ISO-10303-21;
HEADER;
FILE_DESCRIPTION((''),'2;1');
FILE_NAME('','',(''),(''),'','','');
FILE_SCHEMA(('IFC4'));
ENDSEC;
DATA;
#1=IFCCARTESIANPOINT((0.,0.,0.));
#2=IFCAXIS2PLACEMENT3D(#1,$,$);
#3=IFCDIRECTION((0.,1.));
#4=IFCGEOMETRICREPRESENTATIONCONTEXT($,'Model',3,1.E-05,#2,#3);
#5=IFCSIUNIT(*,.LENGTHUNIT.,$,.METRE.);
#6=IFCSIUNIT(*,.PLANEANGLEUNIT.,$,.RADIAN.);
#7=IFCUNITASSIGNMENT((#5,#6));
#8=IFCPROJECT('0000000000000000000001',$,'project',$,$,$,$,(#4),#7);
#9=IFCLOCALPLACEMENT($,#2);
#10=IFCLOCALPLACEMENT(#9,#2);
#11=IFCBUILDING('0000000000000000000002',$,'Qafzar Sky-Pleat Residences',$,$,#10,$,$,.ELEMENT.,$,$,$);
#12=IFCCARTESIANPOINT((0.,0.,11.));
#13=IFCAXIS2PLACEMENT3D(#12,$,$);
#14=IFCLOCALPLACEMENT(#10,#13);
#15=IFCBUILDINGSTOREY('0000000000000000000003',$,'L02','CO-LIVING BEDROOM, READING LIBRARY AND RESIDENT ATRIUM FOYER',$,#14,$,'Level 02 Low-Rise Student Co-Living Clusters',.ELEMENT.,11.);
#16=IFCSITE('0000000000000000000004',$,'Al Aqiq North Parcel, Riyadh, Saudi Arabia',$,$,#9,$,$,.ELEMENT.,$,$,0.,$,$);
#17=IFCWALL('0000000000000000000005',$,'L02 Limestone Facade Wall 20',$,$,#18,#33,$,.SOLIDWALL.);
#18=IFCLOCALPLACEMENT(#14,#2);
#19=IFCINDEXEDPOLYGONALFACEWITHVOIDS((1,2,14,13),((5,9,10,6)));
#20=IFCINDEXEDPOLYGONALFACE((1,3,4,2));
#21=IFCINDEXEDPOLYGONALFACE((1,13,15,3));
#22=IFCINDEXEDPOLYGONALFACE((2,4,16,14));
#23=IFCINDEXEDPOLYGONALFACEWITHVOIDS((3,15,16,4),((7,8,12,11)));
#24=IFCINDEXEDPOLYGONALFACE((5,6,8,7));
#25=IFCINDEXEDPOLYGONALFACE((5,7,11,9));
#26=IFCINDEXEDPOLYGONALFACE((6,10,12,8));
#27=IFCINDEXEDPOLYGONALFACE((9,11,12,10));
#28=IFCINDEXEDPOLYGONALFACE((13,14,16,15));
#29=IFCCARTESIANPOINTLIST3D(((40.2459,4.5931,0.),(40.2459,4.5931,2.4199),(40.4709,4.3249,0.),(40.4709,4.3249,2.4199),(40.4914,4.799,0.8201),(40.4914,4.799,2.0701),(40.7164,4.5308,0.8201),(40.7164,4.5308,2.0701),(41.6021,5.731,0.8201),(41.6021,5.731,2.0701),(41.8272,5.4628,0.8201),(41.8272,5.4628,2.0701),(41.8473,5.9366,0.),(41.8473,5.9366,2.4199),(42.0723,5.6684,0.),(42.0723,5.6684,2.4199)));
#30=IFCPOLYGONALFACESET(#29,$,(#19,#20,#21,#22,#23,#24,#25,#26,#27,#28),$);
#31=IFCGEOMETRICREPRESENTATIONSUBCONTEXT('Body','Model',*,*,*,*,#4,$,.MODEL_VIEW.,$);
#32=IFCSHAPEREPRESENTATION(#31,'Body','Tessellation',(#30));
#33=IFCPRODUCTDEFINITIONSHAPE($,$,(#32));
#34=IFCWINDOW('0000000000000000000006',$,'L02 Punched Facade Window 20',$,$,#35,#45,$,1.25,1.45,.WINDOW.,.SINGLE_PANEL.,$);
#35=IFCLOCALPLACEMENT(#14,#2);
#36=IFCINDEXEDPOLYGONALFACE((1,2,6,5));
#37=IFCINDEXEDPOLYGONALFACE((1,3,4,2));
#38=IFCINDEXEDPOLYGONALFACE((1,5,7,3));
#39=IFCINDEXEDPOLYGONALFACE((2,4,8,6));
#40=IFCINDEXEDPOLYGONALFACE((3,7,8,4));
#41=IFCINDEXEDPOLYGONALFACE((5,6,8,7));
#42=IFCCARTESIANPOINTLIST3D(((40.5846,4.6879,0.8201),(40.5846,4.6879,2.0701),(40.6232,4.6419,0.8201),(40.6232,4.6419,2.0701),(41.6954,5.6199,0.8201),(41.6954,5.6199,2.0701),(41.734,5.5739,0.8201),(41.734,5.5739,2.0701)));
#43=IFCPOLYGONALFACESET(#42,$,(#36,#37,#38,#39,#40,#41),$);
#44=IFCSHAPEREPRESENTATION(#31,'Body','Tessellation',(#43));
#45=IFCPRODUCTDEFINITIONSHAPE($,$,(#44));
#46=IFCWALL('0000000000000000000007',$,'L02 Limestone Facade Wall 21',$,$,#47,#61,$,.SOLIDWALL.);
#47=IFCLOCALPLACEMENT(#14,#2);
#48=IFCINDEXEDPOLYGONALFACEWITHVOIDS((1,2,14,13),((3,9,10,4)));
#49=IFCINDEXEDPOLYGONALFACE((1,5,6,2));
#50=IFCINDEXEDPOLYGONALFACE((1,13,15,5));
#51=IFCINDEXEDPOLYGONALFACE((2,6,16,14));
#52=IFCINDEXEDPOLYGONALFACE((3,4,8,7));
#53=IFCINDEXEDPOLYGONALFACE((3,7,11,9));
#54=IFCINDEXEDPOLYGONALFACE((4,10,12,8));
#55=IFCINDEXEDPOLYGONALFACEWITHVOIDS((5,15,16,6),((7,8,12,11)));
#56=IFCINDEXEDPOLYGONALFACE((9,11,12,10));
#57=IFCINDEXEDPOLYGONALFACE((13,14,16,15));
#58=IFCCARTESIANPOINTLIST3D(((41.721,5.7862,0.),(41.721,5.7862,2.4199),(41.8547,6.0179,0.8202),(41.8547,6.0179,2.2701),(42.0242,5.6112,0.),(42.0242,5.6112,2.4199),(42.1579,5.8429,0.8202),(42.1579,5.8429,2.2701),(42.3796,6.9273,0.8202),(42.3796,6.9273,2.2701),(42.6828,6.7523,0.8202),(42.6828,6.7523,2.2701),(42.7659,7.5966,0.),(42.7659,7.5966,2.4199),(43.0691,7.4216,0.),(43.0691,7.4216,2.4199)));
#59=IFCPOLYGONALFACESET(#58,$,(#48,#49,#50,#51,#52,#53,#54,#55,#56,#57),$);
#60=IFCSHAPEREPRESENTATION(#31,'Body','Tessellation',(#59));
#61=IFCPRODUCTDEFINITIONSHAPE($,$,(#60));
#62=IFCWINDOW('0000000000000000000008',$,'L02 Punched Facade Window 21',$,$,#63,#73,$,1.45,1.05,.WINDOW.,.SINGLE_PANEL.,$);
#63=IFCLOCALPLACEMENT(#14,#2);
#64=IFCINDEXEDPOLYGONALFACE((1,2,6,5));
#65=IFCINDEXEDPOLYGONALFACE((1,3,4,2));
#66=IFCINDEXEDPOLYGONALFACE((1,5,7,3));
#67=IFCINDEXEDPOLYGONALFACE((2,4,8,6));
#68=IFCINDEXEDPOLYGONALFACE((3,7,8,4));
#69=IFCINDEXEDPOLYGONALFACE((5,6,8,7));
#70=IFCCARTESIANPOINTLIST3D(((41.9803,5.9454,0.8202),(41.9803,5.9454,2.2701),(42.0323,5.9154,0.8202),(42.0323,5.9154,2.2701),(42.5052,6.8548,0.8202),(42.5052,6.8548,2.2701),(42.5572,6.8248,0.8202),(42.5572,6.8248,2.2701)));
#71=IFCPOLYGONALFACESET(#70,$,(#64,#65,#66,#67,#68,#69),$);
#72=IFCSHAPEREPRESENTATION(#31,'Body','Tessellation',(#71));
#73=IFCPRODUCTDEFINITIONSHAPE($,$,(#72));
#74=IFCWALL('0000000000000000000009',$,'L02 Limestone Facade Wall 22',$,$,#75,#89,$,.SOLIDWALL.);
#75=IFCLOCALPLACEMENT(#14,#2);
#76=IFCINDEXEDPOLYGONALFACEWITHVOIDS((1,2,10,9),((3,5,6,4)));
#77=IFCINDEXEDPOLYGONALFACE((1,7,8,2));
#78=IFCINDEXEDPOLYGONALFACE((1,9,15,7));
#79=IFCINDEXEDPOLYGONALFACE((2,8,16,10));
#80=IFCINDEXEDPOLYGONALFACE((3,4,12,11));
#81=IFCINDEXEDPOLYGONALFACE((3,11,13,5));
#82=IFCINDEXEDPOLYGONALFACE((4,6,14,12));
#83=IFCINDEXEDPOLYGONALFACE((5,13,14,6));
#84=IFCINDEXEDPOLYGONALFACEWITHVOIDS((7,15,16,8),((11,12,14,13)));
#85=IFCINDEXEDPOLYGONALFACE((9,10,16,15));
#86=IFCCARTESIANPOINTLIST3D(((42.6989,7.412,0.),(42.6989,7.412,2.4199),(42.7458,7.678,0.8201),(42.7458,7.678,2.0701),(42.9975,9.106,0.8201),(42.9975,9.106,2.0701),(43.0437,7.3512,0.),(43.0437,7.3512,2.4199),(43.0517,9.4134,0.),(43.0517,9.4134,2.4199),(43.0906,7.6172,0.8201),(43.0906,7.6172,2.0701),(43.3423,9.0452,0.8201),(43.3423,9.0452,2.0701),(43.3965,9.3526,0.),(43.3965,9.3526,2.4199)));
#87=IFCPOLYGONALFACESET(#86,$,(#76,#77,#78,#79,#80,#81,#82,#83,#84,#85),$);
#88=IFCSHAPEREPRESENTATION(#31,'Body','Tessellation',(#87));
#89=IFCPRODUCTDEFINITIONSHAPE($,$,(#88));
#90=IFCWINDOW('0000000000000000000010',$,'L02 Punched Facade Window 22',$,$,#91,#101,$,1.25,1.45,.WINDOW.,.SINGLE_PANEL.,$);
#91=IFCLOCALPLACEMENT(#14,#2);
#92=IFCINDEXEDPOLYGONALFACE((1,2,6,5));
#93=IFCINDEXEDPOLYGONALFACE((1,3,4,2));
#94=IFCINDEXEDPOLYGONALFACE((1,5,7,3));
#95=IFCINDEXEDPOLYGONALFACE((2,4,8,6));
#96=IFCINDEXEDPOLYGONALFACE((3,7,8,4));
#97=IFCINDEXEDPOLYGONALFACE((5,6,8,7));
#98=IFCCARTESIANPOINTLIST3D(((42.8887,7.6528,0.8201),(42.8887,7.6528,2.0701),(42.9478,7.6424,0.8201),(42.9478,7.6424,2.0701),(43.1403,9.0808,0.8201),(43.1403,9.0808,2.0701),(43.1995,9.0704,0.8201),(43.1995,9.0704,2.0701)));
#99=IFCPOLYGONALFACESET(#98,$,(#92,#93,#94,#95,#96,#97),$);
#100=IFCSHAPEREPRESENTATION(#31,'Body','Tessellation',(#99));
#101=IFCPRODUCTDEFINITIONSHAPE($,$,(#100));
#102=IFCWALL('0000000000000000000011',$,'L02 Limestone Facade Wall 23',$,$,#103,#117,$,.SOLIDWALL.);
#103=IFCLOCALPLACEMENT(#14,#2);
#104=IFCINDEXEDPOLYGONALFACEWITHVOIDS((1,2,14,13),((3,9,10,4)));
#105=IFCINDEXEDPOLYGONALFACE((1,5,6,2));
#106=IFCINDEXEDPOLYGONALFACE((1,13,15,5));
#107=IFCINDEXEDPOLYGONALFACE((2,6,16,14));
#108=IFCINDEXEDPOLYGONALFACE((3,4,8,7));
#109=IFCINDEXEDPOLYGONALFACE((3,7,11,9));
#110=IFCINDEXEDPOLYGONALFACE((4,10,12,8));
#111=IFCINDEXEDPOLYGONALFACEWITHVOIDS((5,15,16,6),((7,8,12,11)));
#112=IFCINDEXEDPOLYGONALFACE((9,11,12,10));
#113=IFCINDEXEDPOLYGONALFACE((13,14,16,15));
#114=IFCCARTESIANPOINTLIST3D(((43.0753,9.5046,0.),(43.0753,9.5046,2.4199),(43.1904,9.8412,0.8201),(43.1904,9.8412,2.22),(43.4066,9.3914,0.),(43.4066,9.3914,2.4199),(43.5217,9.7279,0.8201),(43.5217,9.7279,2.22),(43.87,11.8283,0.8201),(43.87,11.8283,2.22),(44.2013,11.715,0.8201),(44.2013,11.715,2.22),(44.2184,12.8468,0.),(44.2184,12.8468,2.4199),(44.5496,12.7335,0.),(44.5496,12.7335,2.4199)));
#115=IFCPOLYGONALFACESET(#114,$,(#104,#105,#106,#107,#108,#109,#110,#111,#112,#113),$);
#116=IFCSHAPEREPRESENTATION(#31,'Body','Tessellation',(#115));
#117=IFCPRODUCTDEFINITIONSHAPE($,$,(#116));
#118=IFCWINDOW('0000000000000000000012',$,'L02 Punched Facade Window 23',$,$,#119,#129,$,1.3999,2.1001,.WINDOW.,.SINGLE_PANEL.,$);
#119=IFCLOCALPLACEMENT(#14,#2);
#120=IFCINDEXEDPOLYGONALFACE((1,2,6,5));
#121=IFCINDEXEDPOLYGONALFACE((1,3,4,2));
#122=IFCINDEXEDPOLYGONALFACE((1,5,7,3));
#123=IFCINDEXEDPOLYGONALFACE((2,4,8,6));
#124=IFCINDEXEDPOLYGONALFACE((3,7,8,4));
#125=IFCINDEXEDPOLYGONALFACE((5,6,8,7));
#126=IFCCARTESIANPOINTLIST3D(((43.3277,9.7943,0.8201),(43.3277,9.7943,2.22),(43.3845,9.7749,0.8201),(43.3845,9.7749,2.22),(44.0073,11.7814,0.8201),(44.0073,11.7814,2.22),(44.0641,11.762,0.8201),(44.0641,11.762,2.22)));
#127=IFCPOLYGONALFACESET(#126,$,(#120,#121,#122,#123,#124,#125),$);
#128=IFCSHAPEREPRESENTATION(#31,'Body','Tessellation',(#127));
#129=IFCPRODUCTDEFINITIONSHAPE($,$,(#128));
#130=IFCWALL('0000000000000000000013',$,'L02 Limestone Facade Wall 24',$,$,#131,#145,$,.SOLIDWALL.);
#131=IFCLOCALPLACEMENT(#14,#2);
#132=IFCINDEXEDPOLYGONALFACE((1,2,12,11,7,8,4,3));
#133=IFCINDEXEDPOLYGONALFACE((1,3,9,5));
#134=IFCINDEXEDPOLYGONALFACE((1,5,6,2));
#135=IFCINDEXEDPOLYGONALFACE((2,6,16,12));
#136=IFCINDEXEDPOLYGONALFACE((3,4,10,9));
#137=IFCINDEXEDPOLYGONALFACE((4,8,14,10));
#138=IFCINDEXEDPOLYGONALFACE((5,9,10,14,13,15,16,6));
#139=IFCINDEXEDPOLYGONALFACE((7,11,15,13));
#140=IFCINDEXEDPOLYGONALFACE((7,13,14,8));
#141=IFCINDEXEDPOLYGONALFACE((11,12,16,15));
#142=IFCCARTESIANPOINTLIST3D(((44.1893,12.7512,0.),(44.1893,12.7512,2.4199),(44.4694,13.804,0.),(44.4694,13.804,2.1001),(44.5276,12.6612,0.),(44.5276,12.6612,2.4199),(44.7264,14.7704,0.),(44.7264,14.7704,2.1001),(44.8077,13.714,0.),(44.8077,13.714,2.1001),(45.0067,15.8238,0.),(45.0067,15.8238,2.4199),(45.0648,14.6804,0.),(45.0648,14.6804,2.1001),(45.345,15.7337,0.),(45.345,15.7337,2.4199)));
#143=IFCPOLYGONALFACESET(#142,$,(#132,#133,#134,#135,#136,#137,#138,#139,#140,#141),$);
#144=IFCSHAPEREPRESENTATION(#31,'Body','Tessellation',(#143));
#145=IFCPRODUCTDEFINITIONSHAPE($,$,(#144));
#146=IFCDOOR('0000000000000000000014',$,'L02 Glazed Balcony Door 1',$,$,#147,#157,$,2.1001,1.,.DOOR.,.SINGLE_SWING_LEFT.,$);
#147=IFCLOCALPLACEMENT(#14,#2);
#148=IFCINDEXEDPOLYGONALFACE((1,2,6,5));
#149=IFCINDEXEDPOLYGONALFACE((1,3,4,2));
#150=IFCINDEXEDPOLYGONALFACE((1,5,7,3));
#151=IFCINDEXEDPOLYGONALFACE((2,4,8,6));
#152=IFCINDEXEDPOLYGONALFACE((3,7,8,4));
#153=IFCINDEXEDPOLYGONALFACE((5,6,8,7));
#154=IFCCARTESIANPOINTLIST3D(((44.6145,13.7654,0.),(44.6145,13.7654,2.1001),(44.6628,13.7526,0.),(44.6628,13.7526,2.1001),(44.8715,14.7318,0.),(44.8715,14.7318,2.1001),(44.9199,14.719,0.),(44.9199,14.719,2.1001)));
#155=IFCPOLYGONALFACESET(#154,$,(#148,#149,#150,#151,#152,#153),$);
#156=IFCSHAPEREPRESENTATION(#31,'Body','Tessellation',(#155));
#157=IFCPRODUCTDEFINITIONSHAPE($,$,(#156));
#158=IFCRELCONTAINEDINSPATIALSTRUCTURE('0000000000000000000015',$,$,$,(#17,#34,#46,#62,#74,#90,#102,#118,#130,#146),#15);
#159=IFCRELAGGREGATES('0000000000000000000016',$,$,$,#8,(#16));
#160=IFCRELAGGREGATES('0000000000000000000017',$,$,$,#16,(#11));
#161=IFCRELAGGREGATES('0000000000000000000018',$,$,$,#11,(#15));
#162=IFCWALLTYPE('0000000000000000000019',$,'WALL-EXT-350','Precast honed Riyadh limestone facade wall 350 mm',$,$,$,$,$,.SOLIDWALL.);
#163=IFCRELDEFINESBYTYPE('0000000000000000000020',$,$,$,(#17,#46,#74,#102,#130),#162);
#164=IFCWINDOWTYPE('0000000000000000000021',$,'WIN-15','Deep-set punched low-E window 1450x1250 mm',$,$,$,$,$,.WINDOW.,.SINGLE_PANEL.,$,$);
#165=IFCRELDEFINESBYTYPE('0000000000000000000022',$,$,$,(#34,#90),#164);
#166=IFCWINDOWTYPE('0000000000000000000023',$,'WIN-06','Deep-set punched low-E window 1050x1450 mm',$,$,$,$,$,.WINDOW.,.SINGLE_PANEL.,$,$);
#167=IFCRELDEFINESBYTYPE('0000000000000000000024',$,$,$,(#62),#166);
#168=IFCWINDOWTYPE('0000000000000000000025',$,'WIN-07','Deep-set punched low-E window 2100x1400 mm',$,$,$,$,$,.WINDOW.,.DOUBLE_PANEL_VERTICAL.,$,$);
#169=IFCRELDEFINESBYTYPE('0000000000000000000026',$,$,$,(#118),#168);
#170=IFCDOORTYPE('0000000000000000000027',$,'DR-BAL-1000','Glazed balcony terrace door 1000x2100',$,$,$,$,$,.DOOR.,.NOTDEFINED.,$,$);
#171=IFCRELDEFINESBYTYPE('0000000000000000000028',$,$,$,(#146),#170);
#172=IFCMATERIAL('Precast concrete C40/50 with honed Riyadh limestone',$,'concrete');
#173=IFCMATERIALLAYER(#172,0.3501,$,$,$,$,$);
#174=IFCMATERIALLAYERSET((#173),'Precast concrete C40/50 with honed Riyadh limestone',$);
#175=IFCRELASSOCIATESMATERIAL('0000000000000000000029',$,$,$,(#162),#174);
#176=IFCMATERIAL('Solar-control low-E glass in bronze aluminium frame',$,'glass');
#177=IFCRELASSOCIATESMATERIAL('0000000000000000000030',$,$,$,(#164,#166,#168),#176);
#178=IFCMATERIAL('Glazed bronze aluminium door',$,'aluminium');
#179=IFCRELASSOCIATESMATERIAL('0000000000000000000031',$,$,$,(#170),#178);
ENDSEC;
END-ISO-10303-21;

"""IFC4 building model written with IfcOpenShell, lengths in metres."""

from ifc_helpers import new_model, si_unit, direction, frame, frame_2d, origin, place, context, subcontext, project, spatial, rectangle, extrude, source, transform, mapped, material, layer, layer_set, type_object, element, fill, save


model = new_model("IFC4")

# Units and contexts
model_context = context("Model", 3, precision=1e-05, world=origin(), true_north=direction((0.0, 1.0)))
body_context = subcontext(model_context, "Body", "Model", "MODEL_VIEW")
ifc_project = project(units=[si_unit("LENGTHUNIT", "METRE"), si_unit("PLANEANGLEUNIT", "RADIAN")], contexts=[model_context])

# Site, building, storey
site_placement = place(None, origin())
site = spatial("IfcSite", under=ifc_project, at=site_placement, Name="Al Aqiq North Parcel, Riyadh, Saudi Arabia", CompositionType="ELEMENT", RefElevation=0.0)
building_placement = place(site_placement, origin())
building = spatial("IfcBuilding", under=site, at=building_placement, Name="Qafzar Sky-Pleat Residences", CompositionType="ELEMENT")
storey_placement = place(building_placement, frame((0.0, 0.0, 11.0)))
storey = spatial("IfcBuildingStorey", under=building, at=storey_placement, Name="L02", Description="CO-LIVING BEDROOM, READING LIBRARY AND RESIDENT ATRIUM FOYER", LongName="Level 02 Low-Rise Student Co-Living Clusters", CompositionType="ELEMENT", Elevation=11.0)

# Walls, openings, windows
ifc_material_1 = material(Name="Precast concrete C40/50 with honed Riyadh limestone", Category="concrete")
ifc_layer_1 = layer(ifc_material_1, 0.3501)
ifc_layer_set_1 = layer_set([ifc_layer_1], Name="Precast concrete C40/50 with honed Riyadh limestone")
wall_type_1 = type_object("IfcWallType", Name="WALL-EXT-350", Description="Precast honed Riyadh limestone facade wall 350 mm", PredefinedType="SOLIDWALL", material=ifc_layer_set_1)
wall_1_placement = place(storey_placement, frame((40.3584, 4.459, 0.0), z_axis=(0.0, 0.0, 1.0), x_axis=(0.766082, 0.642743, 0.0)))
wall_1 = element("IfcWall", 1, at=wall_1_placement, inside=storey, type_object=wall_type_1, Name="L02 Limestone Facade Wall 20", PredefinedType="SOLIDWALL", context=body_context, shape_type="SweptSolid", body=[
    extrude(rectangle(XDim=2.0903, YDim=0.3501, at=frame_2d((1.0452, 0.0))), origin(), (0.0, 0.0, 1.0), 2.4199),
])
opening_1_placement = place(wall_1_placement, frame((0.3203, 0.0, 0.8201)))
opening_1 = element("IfcOpeningElement", 2, at=opening_1_placement, cuts=wall_1, PredefinedType="OPENING", context=body_context, shape_type="SweptSolid", body=[
    extrude(rectangle(XDim=1.45, YDim=1.25, at=frame_2d((0.7251, 0.625))), frame((0.0, 0.1851, 0.0), z_axis=(0.0, -1.0, 0.0), x_axis=(1.0, 0.0, 0.0)), (0.0, 0.0, 1.0), 0.3701),
])
ifc_material_2 = material(Name="Solar-control low-E glass in bronze aluminium frame", Category="glass")
window_type_1 = type_object("IfcWindowType", Name="WIN-15", Description="Deep-set punched low-E window 1450x1250 mm", PartitioningType="SINGLE_PANEL", PredefinedType="WINDOW", material=ifc_material_2)
shared_shape_1 = source(origin(), body_context, "Body", "SweptSolid", [
    extrude(rectangle(XDim=1.45, YDim=1.25, at=frame_2d((0.7251, 0.625))), frame((0.0, 0.03, 0.0), z_axis=(0.0, -1.0, 0.0), x_axis=(1.0, 0.0, 0.0)), (0.0, 0.0, 1.0), 0.0601),
])
window_1_placement = place(opening_1_placement, origin())
window_1 = element("IfcWindow", 3, at=window_1_placement, inside=storey, type_object=window_type_1, Name="L02 Punched Facade Window 20", OverallHeight=1.25, OverallWidth=1.45, PartitioningType="SINGLE_PANEL", PredefinedType="WINDOW", context=body_context, shape_type="MappedRepresentation", body=[
    mapped(shared_shape_1, transform((0.0, 0.0, 0.0), x_axis=(1.0, 0.0, 0.0), y_axis=(0.0, 1.0, 0.0), z_axis=(0.0, 0.0, 1.0), scale=1.0)),
])
fill(opening_1, window_1)
wall_2_placement = place(storey_placement, frame((41.8726, 5.6987, 0.0), z_axis=(0.0, 0.0, 1.0), x_axis=(0.499908, 0.866079, 0.0)))
wall_2 = element("IfcWall", 4, at=wall_2_placement, inside=storey, type_object=wall_type_1, Name="L02 Limestone Facade Wall 21", PredefinedType="SOLIDWALL", context=body_context, shape_type="SweptSolid", body=[
    extrude(rectangle(XDim=2.0903, YDim=0.3501, at=frame_2d((1.0452, 0.0))), origin(), (0.0, 0.0, 1.0), 2.4199),
])
opening_2_placement = place(wall_2_placement, frame((0.2676, 0.0, 0.8201)))
opening_2 = element("IfcOpeningElement", 5, at=opening_2_placement, cuts=wall_2, PredefinedType="OPENING", context=body_context, shape_type="SweptSolid", body=[
    extrude(rectangle(XDim=1.05, YDim=1.45, at=frame_2d((0.5249, 0.7251))), frame((0.0, 0.1851, 0.0), z_axis=(0.0, -1.0, 0.0), x_axis=(1.0, 0.0, 0.0)), (0.0, 0.0, 1.0), 0.3701),
])
window_type_2 = type_object("IfcWindowType", Name="WIN-06", Description="Deep-set punched low-E window 1050x1450 mm", PartitioningType="SINGLE_PANEL", PredefinedType="WINDOW", material=ifc_material_2)
shared_shape_2 = source(origin(), body_context, "Body", "SweptSolid", [
    extrude(rectangle(XDim=1.05, YDim=1.45, at=frame_2d((0.5249, 0.7251))), frame((0.0, 0.03, 0.0), z_axis=(0.0, -1.0, 0.0), x_axis=(1.0, 0.0, 0.0)), (0.0, 0.0, 1.0), 0.0601),
])
window_2_placement = place(opening_2_placement, origin())
window_2 = element("IfcWindow", 6, at=window_2_placement, inside=storey, type_object=window_type_2, Name="L02 Punched Facade Window 21", OverallHeight=1.45, OverallWidth=1.05, PartitioningType="SINGLE_PANEL", PredefinedType="WINDOW", context=body_context, shape_type="MappedRepresentation", body=[
    mapped(shared_shape_2, transform((0.0, 0.0, 0.0), x_axis=(1.0, 0.0, 0.0), y_axis=(0.0, 1.0, 0.0), z_axis=(0.0, 0.0, 1.0), scale=1.0)),
])
fill(opening_2, window_2)
wall_3_placement = place(storey_placement, frame((42.8713, 7.3816, 0.0), z_axis=(0.0, 0.0, 1.0), x_axis=(0.173587, 0.984819, 0.0)))
wall_3 = element("IfcWall", 7, at=wall_3_placement, inside=storey, type_object=wall_type_1, Name="L02 Limestone Facade Wall 22", PredefinedType="SOLIDWALL", context=body_context, shape_type="SweptSolid", body=[
    extrude(rectangle(XDim=2.0322, YDim=0.3501, at=frame_2d((1.0161, 0.0))), origin(), (0.0, 0.0, 1.0), 2.4199),
])
opening_3_placement = place(wall_3_placement, frame((0.27, 0.0, 0.8201)))
opening_3 = element("IfcOpeningElement", 8, at=opening_3_placement, cuts=wall_3, PredefinedType="OPENING", context=body_context, shape_type="SweptSolid", body=[
    extrude(rectangle(XDim=1.45, YDim=1.25, at=frame_2d((0.7251, 0.625))), frame((0.0, 0.1851, 0.0), z_axis=(0.0, -1.0, 0.0), x_axis=(1.0, 0.0, 0.0)), (0.0, 0.0, 1.0), 0.3701),
])
window_3_placement = place(opening_3_placement, origin())
window_3 = element("IfcWindow", 9, at=window_3_placement, inside=storey, type_object=window_type_1, Name="L02 Punched Facade Window 22", OverallHeight=1.25, OverallWidth=1.45, PartitioningType="SINGLE_PANEL", PredefinedType="WINDOW", context=body_context, shape_type="MappedRepresentation", body=[
    mapped(shared_shape_1, transform((0.0, 0.0, 0.0), x_axis=(1.0, 0.0, 0.0), y_axis=(0.0, 1.0, 0.0), z_axis=(0.0, 0.0, 1.0), scale=1.0)),
])
fill(opening_3, window_3)
wall_4_placement = place(storey_placement, frame((43.241, 9.448, 0.0), z_axis=(0.0, 0.0, 1.0), x_axis=(0.3236, 0.946194, 0.0)))
wall_4 = element("IfcWall", 10, at=wall_4_placement, inside=storey, type_object=wall_type_1, Name="L02 Limestone Facade Wall 23", PredefinedType="SOLIDWALL", context=body_context, shape_type="SweptSolid", body=[
    extrude(rectangle(XDim=3.5322, YDim=0.3501, at=frame_2d((1.7661, 0.0))), origin(), (0.0, 0.0, 1.0), 2.4199),
])
opening_4_placement = place(wall_4_placement, frame((0.3557, 0.0, 0.8201)))
opening_4 = element("IfcOpeningElement", 11, at=opening_4_placement, cuts=wall_4, PredefinedType="OPENING", context=body_context, shape_type="SweptSolid", body=[
    extrude(rectangle(XDim=2.1001, YDim=1.3999, at=frame_2d((1.05, 0.7))), frame((0.0, 0.1851, 0.0), z_axis=(0.0, -1.0, 0.0), x_axis=(1.0, 0.0, 0.0)), (0.0, 0.0, 1.0), 0.3701),
])
window_type_3 = type_object("IfcWindowType", Name="WIN-07", Description="Deep-set punched low-E window 2100x1400 mm", PartitioningType="DOUBLE_PANEL_VERTICAL", PredefinedType="WINDOW", material=ifc_material_2)
shared_shape_3 = source(origin(), body_context, "Body", "SweptSolid", [
    extrude(rectangle(XDim=2.1001, YDim=1.3999, at=frame_2d((1.05, 0.7))), frame((0.0, 0.03, 0.0), z_axis=(0.0, -1.0, 0.0), x_axis=(1.0, 0.0, 0.0)), (0.0, 0.0, 1.0), 0.0601),
])
window_4_placement = place(opening_4_placement, origin())
window_4 = element("IfcWindow", 12, at=window_4_placement, inside=storey, type_object=window_type_3, Name="L02 Punched Facade Window 23", OverallHeight=1.3999, OverallWidth=2.1001, PartitioningType="SINGLE_PANEL", PredefinedType="WINDOW", context=body_context, shape_type="MappedRepresentation", body=[
    mapped(shared_shape_3, transform((0.0, 0.0, 0.0), x_axis=(1.0, 0.0, 0.0), y_axis=(0.0, 1.0, 0.0), z_axis=(0.0, 0.0, 1.0), scale=1.0)),
])
fill(opening_4, window_4)

# Wall, opening, door
wall_5_placement = place(storey_placement, frame((44.3584, 12.7061, 0.0), z_axis=(0.0, 0.0, 1.0), x_axis=(0.257089, 0.966388, 0.0)))
wall_5 = element("IfcWall", 13, at=wall_5_placement, inside=storey, type_object=wall_type_1, Name="L02 Limestone Facade Wall 24", PredefinedType="SOLIDWALL", context=body_context, shape_type="SweptSolid", body=[
    extrude(rectangle(XDim=3.1794, YDim=0.3501, at=frame_2d((1.5898, 0.0))), origin(), (0.0, 0.0, 1.0), 2.4199),
])
opening_5_placement = place(wall_5_placement, frame((1.0896, 0.0, 0.0)))
opening_5 = element("IfcOpeningElement", 14, at=opening_5_placement, cuts=wall_5, PredefinedType="OPENING", context=body_context, shape_type="SweptSolid", body=[
    extrude(rectangle(XDim=1.0, YDim=2.1001, at=frame_2d((0.5, 1.05))), frame((0.0, 0.1851, 0.0), z_axis=(0.0, -1.0, 0.0), x_axis=(1.0, 0.0, 0.0)), (0.0, 0.0, 1.0), 0.3701),
])
ifc_material_3 = material(Name="Glazed bronze aluminium door", Category="aluminium")
door_type_1 = type_object("IfcDoorType", Name="DR-BAL-1000", Description="Glazed balcony terrace door 1000x2100", OperationType="NOTDEFINED", PredefinedType="DOOR", material=ifc_material_3)
shared_shape_4 = source(origin(), body_context, "Body", "SweptSolid", [
    extrude(rectangle(XDim=1.0, YDim=2.1001, at=frame_2d((0.5, 1.05))), frame((0.0, 0.0249, 0.0), z_axis=(0.0, -1.0, 0.0), x_axis=(1.0, 0.0, 0.0)), (0.0, 0.0, 1.0), 0.05),
])
door_1_placement = place(opening_5_placement, origin())
door_1 = element("IfcDoor", 15, at=door_1_placement, inside=storey, type_object=door_type_1, Name="L02 Glazed Balcony Door 1", OperationType="SINGLE_SWING_LEFT", OverallHeight=2.1001, OverallWidth=1.0, PredefinedType="DOOR", context=body_context, shape_type="MappedRepresentation", body=[
    mapped(shared_shape_4, transform((0.0, 0.0, 0.0), x_axis=(1.0, 0.0, 0.0), y_axis=(0.0, 1.0, 0.0), z_axis=(0.0, 0.0, 1.0), scale=1.0)),
])
fill(opening_5, door_1)

save(model, "model.ifc")
